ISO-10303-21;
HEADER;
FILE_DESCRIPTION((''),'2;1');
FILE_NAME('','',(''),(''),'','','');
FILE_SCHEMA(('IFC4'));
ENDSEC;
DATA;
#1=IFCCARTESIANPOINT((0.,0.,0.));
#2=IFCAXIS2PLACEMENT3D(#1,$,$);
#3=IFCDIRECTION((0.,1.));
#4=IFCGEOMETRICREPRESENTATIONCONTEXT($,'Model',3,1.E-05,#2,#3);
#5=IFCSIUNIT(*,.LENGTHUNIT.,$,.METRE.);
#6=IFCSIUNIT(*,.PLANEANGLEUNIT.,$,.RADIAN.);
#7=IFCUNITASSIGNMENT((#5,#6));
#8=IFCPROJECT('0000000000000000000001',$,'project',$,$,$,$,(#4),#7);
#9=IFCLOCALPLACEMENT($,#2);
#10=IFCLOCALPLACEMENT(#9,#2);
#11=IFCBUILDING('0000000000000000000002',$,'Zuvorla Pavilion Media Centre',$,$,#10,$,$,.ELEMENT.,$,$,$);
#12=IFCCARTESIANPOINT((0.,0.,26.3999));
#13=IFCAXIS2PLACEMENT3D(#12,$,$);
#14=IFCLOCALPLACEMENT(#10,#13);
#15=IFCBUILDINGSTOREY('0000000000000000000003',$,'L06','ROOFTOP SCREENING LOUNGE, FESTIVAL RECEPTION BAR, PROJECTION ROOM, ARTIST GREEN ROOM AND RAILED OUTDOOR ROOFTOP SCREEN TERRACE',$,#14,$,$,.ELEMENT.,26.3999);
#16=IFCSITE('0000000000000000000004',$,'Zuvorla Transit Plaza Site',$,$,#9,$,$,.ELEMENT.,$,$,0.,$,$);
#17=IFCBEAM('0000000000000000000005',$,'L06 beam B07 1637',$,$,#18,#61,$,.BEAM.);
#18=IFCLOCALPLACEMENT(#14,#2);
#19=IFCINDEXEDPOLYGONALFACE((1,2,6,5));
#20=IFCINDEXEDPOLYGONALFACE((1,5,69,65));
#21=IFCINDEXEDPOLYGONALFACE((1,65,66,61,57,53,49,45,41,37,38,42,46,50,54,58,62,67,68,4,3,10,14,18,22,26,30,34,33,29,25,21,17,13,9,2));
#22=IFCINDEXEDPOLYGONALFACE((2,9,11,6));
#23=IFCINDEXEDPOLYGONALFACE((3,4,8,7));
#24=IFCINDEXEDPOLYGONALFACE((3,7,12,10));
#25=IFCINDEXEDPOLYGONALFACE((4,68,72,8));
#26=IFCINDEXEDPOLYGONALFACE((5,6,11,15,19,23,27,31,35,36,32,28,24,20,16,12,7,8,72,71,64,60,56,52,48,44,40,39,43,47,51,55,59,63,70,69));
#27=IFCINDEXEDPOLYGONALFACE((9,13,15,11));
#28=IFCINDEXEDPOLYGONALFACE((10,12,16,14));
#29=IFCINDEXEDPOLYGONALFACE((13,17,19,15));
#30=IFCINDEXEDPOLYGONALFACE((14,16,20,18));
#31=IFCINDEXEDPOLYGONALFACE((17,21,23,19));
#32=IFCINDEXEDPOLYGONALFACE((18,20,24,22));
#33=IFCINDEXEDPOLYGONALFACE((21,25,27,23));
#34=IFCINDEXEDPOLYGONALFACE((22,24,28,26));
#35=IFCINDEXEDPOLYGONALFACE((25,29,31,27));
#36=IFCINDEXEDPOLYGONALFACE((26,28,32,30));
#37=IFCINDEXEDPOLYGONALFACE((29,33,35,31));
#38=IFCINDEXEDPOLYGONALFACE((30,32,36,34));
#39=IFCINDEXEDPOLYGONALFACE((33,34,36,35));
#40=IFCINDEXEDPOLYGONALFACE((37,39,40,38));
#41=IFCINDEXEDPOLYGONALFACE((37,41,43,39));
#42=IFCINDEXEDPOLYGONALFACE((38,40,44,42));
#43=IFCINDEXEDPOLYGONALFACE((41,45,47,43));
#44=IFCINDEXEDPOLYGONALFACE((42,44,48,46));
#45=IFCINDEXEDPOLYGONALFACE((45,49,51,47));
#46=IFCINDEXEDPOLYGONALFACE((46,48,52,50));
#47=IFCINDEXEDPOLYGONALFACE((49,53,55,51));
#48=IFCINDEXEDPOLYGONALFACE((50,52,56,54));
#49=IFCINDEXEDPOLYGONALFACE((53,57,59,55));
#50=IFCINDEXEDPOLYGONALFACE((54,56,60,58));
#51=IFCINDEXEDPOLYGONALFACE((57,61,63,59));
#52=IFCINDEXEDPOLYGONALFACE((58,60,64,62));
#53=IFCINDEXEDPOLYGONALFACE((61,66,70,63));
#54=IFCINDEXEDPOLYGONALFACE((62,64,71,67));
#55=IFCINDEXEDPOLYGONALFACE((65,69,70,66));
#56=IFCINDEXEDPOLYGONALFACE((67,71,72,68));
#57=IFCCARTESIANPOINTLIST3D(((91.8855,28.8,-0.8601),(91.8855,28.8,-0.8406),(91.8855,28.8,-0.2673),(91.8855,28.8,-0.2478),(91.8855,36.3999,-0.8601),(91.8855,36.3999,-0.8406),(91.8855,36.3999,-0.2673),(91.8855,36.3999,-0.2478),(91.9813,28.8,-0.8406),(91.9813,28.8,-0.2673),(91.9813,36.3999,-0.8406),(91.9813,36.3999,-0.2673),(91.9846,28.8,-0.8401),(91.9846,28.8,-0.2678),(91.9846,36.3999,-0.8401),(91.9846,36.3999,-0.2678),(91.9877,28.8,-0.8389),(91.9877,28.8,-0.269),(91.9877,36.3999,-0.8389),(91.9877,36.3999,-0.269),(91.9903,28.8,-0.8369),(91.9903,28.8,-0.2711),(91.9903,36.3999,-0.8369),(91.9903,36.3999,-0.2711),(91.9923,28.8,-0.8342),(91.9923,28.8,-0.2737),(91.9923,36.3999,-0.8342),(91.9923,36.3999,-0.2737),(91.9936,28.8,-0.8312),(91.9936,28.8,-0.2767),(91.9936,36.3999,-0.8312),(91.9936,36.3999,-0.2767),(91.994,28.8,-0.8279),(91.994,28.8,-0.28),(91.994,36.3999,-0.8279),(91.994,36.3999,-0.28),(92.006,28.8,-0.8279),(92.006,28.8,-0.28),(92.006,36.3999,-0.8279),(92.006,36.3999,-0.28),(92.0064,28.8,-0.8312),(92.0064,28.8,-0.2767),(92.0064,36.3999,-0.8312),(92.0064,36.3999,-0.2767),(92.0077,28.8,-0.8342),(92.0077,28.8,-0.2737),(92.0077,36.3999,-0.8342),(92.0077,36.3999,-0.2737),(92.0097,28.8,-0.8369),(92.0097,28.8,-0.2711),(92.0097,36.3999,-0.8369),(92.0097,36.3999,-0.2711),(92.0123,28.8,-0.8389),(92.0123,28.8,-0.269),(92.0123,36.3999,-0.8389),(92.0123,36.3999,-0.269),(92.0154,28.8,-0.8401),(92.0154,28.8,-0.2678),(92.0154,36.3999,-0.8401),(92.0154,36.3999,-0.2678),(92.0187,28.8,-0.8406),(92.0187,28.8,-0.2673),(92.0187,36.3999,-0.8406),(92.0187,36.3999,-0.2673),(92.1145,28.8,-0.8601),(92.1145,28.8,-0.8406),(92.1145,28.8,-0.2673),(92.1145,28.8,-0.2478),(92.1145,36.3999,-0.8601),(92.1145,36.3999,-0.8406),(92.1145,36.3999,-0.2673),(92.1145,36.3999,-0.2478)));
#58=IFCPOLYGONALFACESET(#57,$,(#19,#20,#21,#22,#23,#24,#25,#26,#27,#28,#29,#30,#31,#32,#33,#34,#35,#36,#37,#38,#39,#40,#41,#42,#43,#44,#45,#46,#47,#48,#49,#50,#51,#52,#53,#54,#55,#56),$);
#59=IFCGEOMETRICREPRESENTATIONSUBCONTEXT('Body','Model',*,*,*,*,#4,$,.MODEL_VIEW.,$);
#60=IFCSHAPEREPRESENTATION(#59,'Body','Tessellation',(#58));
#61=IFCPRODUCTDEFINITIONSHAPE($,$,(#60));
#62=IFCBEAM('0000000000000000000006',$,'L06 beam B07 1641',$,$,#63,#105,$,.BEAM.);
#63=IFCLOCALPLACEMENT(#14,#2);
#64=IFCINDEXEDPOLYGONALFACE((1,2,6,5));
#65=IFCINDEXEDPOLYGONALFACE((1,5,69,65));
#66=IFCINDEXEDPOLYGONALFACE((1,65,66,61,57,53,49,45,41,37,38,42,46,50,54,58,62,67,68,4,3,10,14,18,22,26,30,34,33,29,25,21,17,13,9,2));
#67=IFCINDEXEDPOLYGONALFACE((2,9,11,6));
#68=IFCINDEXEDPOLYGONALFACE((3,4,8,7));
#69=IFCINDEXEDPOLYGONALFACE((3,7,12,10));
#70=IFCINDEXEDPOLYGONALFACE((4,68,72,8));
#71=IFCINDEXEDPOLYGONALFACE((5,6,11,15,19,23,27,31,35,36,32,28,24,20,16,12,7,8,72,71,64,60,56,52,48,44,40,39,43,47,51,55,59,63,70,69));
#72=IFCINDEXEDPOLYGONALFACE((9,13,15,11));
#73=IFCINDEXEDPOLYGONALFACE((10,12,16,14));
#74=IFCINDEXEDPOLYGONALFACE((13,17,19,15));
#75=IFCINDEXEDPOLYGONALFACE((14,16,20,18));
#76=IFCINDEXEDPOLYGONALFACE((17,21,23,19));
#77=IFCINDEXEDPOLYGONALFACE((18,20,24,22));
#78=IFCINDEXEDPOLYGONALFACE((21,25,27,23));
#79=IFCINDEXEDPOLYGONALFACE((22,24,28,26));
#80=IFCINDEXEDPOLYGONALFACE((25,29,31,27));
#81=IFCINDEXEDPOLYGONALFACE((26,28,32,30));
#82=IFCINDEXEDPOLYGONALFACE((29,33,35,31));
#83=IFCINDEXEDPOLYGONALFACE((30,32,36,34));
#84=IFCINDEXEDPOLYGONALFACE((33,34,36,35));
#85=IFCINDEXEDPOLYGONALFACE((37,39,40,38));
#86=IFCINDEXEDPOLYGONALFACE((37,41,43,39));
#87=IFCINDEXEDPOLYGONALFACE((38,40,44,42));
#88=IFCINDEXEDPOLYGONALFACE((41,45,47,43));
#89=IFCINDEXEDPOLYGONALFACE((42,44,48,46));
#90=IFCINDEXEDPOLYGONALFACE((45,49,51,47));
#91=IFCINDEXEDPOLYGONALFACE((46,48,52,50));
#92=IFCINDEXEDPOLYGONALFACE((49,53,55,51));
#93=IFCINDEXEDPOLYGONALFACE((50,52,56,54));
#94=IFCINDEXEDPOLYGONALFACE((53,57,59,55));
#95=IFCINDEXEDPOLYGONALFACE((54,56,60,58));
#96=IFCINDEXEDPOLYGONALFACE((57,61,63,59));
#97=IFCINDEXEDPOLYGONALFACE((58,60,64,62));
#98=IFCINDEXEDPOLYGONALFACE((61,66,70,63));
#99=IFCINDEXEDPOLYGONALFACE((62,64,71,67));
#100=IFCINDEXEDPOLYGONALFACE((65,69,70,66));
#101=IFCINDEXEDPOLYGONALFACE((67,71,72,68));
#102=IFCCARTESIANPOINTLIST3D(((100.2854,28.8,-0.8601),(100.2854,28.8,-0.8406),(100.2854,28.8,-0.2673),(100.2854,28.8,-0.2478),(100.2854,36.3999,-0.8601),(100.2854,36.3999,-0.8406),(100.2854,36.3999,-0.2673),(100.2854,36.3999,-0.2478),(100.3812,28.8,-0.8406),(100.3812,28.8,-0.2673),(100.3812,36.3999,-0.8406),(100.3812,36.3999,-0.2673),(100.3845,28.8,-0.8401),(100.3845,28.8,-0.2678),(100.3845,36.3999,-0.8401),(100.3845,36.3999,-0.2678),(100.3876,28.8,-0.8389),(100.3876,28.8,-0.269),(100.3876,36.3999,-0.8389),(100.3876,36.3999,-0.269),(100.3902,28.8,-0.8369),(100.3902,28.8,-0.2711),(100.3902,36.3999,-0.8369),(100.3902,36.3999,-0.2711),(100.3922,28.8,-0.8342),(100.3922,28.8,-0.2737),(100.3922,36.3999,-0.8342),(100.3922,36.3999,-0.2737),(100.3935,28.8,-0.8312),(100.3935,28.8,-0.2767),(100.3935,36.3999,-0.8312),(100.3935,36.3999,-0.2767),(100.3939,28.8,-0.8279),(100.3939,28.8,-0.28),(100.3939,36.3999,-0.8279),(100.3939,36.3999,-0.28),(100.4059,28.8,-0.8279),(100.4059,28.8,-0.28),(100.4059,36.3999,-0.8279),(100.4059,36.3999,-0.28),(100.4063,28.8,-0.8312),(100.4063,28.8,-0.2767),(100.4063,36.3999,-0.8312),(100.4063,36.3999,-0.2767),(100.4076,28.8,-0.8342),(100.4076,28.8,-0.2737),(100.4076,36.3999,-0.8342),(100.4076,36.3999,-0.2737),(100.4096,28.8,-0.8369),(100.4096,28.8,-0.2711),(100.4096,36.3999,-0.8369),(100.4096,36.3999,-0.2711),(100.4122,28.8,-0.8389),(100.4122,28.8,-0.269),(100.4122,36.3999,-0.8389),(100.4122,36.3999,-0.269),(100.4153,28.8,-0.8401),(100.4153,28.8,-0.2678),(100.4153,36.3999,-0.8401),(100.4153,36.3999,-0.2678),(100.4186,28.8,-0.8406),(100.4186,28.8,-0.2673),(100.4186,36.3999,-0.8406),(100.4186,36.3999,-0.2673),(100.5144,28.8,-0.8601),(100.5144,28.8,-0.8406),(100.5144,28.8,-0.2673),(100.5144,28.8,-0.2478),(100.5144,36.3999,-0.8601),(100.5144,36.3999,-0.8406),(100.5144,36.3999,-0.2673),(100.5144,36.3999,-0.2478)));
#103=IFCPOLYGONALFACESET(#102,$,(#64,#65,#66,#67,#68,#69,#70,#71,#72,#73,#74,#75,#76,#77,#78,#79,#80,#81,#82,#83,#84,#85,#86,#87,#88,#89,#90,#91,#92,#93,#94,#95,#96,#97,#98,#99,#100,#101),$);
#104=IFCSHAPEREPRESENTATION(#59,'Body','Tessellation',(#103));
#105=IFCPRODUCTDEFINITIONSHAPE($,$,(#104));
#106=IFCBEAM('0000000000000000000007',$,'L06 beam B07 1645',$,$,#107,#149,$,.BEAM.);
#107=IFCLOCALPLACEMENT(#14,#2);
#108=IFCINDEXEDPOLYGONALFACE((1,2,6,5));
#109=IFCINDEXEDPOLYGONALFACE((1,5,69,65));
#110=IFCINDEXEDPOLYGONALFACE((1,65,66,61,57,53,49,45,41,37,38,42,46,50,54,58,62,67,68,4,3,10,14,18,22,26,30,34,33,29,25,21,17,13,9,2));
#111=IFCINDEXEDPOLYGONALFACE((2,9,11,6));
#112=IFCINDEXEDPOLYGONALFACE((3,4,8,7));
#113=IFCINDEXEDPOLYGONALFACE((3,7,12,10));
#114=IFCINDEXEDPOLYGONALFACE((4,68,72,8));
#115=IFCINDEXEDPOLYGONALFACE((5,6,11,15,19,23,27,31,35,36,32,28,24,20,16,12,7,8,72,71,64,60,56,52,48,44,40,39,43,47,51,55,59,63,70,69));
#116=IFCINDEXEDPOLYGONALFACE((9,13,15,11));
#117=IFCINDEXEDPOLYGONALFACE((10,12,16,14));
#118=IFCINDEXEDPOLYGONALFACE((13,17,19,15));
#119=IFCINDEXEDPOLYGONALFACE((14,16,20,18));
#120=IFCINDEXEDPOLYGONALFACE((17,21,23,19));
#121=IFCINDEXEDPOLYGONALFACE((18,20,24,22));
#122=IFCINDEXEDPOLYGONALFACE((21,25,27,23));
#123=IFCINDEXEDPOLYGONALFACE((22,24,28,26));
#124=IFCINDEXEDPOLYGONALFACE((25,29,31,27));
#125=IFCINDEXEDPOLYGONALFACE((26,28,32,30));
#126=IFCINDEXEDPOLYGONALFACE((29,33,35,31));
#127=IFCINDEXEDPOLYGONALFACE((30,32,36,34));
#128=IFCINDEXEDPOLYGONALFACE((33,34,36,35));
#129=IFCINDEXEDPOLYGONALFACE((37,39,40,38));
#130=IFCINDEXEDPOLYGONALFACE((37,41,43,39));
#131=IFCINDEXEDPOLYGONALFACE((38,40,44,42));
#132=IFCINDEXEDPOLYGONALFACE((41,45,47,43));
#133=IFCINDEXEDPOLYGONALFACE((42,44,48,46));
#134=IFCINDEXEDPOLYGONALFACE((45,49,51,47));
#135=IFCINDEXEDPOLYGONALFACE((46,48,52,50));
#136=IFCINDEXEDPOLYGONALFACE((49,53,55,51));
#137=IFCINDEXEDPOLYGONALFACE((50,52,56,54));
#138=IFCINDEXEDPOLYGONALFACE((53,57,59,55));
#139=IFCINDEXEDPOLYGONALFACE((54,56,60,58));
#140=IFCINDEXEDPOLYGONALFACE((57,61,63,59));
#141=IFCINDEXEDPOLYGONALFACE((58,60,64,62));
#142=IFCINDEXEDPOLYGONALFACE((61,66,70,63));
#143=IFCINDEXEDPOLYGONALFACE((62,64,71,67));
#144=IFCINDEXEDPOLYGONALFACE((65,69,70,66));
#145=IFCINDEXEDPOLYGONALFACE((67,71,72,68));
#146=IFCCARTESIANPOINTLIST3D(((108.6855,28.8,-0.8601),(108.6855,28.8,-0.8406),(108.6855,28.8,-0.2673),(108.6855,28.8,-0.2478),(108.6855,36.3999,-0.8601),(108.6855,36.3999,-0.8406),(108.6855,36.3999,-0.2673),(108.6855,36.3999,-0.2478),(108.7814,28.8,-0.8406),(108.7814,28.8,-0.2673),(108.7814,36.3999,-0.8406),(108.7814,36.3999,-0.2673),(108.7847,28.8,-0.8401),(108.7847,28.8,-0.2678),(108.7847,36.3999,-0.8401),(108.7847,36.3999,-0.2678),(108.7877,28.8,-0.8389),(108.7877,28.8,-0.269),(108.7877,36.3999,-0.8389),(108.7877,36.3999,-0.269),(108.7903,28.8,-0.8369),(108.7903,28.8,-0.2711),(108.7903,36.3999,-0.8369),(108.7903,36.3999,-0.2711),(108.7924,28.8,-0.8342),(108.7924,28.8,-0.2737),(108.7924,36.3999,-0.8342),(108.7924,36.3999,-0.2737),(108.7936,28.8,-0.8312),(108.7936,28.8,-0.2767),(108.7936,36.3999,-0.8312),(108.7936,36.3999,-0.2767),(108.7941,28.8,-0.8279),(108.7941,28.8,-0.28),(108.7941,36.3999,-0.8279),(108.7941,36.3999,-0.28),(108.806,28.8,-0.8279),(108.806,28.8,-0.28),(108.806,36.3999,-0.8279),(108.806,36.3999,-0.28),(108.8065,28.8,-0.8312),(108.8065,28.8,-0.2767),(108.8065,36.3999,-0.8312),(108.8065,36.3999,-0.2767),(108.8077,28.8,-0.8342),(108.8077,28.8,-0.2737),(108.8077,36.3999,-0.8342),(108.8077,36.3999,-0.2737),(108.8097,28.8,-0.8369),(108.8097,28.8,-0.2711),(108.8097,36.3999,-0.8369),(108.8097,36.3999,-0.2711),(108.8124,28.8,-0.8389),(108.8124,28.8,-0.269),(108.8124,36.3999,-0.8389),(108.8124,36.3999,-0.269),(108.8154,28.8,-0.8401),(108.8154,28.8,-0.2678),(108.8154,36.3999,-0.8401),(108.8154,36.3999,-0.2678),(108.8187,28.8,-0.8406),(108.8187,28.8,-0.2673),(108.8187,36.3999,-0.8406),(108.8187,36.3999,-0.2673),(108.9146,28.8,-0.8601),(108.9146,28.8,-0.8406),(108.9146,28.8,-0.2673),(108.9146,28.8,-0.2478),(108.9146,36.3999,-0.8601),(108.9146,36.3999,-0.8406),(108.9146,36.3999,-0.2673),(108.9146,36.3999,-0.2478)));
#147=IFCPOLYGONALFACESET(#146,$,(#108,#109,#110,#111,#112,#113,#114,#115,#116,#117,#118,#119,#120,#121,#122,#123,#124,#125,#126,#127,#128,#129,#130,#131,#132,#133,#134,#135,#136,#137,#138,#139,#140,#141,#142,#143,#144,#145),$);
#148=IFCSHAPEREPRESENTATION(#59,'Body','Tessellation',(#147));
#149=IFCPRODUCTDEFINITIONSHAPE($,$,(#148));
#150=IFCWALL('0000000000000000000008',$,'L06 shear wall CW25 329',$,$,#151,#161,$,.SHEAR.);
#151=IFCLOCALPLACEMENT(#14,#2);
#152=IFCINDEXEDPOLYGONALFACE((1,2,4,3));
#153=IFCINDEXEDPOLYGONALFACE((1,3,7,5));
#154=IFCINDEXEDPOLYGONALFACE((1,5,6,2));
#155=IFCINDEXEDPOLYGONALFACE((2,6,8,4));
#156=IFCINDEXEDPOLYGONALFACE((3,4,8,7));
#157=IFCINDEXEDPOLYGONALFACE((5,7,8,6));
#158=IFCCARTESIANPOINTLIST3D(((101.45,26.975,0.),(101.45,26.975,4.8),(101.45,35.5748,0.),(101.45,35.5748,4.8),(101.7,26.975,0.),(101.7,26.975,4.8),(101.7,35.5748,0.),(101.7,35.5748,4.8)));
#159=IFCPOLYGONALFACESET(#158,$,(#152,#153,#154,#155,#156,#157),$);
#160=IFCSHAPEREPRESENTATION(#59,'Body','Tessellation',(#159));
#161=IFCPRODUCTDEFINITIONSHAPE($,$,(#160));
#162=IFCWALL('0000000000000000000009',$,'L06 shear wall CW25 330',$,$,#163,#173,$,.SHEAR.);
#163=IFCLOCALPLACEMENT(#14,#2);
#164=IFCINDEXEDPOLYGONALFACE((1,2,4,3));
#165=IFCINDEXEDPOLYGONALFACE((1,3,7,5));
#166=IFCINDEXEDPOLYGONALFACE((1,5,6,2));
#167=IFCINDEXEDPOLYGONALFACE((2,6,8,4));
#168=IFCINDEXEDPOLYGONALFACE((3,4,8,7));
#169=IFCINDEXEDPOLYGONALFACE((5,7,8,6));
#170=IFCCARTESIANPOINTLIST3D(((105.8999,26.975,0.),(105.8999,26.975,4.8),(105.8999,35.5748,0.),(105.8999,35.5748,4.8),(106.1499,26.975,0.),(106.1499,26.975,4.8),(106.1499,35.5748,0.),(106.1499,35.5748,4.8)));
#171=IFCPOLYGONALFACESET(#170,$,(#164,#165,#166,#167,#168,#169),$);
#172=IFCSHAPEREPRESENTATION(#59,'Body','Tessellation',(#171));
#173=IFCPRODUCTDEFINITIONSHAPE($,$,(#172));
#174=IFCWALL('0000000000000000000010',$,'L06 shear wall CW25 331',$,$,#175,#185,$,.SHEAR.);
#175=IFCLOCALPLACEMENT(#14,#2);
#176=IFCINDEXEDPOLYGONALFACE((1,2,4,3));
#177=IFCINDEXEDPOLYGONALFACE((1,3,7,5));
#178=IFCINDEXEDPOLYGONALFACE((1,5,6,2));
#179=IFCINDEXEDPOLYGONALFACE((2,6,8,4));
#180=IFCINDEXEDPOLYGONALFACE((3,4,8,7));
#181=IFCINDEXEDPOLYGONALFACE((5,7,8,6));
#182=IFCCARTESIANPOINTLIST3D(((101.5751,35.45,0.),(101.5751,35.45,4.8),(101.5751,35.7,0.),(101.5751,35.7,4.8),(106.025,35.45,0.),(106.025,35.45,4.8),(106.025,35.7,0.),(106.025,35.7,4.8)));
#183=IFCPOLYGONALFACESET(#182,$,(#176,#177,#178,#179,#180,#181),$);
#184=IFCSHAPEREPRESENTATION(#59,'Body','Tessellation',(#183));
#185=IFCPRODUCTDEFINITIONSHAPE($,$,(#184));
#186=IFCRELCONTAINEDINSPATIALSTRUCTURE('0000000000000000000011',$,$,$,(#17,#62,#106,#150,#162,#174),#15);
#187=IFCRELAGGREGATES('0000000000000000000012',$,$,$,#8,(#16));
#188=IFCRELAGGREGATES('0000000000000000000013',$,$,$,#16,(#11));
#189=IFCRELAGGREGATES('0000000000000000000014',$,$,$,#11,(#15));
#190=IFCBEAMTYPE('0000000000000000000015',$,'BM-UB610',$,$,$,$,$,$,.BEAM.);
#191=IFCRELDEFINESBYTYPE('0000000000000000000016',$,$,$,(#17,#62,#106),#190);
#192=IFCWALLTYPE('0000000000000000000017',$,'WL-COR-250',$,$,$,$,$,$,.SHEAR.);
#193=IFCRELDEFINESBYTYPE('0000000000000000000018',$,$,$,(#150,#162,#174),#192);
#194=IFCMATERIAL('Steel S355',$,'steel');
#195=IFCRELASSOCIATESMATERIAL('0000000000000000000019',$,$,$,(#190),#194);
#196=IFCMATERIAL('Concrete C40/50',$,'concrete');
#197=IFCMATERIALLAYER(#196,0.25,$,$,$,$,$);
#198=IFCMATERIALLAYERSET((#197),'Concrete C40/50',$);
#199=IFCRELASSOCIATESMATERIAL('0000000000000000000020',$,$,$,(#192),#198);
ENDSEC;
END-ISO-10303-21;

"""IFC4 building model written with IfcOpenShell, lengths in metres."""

from ifc_helpers import new_model, si_unit, direction, frame, frame_2d, origin, origin_2d, place, context, subcontext, project, spatial, rectangle, i_section, extrude, material, layer, layer_set, material_profile, profile_set, type_object, element, save


model = new_model("IFC4")

# Units and contexts
model_context = context("Model", 3, precision=1e-05, world=origin(), true_north=direction((0.0, 1.0)))
body_context = subcontext(model_context, "Body", "Model", "MODEL_VIEW")
ifc_project = project(units=[si_unit("LENGTHUNIT", "METRE"), si_unit("PLANEANGLEUNIT", "RADIAN")], contexts=[model_context])

# Site, building, storey
site_placement = place(None, origin())
site = spatial("IfcSite", under=ifc_project, at=site_placement, Name="Zuvorla Transit Plaza Site", CompositionType="ELEMENT", RefElevation=0.0)
building_placement = place(site_placement, origin())
building = spatial("IfcBuilding", under=site, at=building_placement, Name="Zuvorla Pavilion Media Centre", CompositionType="ELEMENT")
storey_placement = place(building_placement, frame((0.0, 0.0, 26.3999)))
storey = spatial("IfcBuildingStorey", under=building, at=storey_placement, Name="L06", Description="ROOFTOP SCREENING LOUNGE, FESTIVAL RECEPTION BAR, PROJECTION ROOM, ARTIST GREEN ROOM AND RAILED OUTDOOR ROOFTOP SCREEN TERRACE", CompositionType="ELEMENT", Elevation=26.3999)

# Shared definitions
ifc_material_1 = material(Name="Steel S355", Category="steel")

# Beams
ifc_material_2 = material(Name="Concrete C40/50", Category="concrete")
ifc_material_profile_1 = material_profile(ifc_material_1, i_section(OverallWidth=0.229, OverallDepth=0.6123, WebThickness=0.012, FlangeThickness=0.0195, FilletRadius=0.0127, at=origin_2d()), Name="UB 610x229x125")
ifc_profile_set_1 = profile_set([ifc_material_profile_1], Name="Steel S355")
beam_type_1 = type_object("IfcBeamType", Name="BM-UB610", PredefinedType="BEAM", material=ifc_profile_set_1)
for number, where, z_axis, x_axis, name in (
    (1, (92.0, 28.8, -0.554), (0.0, 1.0, 0.0), (-1.0, 0.0, 0.0), "L06 beam B07 1637"),
    (2, (100.3999, 28.8, -0.554), (0.0, 1.0, 0.0), (-1.0, 0.0, 0.0), "L06 beam B07 1641"),
    (3, (108.8, 28.8, -0.554), (0.0, 1.0, 0.0), (-1.0, 0.0, 0.0), "L06 beam B07 1645"),
):
    element("IfcBeam", number, at=place(storey_placement, frame(where, z_axis=z_axis, x_axis=x_axis)), inside=storey, type_object=beam_type_1, Name=name, PredefinedType="BEAM", context=body_context, shape_type="SweptSolid", body=[
        extrude(i_section(OverallWidth=0.229, OverallDepth=0.6123, WebThickness=0.012, FlangeThickness=0.0195, FilletRadius=0.0127, at=origin_2d()), origin(), (0.0, 0.0, 1.0), 7.5999),
    ])

# Walls
ifc_layer_1 = layer(ifc_material_2, 0.25)
ifc_layer_set_1 = layer_set([ifc_layer_1], Name="Concrete C40/50")
wall_type_1 = type_object("IfcWallType", Name="WL-COR-250", PredefinedType="SHEAR", material=ifc_layer_set_1)
for number, where, z_axis, x_axis, name in (
    (4, (101.575, 26.9751, 0.0), (0.0, 0.0, 1.0), (0.0, 1.0, 0.0), "L06 shear wall CW25 329"),
    (5, (106.0249, 26.9751, 0.0), (0.0, 0.0, 1.0), (0.0, 1.0, 0.0), "L06 shear wall CW25 330"),
):
    element("IfcWall", number, at=place(storey_placement, frame(where, z_axis=z_axis, x_axis=x_axis)), inside=storey, type_object=wall_type_1, Name=name, PredefinedType="SHEAR", context=body_context, shape_type="SweptSolid", body=[
        extrude(rectangle(XDim=8.5999, YDim=0.25, at=frame_2d((4.2998, 0.0))), origin(), (0.0, 0.0, 1.0), 4.8),
    ])
wall_1_placement = place(storey_placement, frame((101.575, 35.575, 0.0), z_axis=(0.0, 0.0, 1.0), x_axis=(1.0, 0.0, 0.0)))
element("IfcWall", 6, at=wall_1_placement, inside=storey, type_object=wall_type_1, Name="L06 shear wall CW25 331", PredefinedType="SHEAR", context=body_context, shape_type="SweptSolid", body=[
    extrude(rectangle(XDim=4.45, YDim=0.25, at=frame_2d((2.2251, 0.0))), origin(), (0.0, 0.0, 1.0), 4.8),
])

save(model, "model.ifc")
